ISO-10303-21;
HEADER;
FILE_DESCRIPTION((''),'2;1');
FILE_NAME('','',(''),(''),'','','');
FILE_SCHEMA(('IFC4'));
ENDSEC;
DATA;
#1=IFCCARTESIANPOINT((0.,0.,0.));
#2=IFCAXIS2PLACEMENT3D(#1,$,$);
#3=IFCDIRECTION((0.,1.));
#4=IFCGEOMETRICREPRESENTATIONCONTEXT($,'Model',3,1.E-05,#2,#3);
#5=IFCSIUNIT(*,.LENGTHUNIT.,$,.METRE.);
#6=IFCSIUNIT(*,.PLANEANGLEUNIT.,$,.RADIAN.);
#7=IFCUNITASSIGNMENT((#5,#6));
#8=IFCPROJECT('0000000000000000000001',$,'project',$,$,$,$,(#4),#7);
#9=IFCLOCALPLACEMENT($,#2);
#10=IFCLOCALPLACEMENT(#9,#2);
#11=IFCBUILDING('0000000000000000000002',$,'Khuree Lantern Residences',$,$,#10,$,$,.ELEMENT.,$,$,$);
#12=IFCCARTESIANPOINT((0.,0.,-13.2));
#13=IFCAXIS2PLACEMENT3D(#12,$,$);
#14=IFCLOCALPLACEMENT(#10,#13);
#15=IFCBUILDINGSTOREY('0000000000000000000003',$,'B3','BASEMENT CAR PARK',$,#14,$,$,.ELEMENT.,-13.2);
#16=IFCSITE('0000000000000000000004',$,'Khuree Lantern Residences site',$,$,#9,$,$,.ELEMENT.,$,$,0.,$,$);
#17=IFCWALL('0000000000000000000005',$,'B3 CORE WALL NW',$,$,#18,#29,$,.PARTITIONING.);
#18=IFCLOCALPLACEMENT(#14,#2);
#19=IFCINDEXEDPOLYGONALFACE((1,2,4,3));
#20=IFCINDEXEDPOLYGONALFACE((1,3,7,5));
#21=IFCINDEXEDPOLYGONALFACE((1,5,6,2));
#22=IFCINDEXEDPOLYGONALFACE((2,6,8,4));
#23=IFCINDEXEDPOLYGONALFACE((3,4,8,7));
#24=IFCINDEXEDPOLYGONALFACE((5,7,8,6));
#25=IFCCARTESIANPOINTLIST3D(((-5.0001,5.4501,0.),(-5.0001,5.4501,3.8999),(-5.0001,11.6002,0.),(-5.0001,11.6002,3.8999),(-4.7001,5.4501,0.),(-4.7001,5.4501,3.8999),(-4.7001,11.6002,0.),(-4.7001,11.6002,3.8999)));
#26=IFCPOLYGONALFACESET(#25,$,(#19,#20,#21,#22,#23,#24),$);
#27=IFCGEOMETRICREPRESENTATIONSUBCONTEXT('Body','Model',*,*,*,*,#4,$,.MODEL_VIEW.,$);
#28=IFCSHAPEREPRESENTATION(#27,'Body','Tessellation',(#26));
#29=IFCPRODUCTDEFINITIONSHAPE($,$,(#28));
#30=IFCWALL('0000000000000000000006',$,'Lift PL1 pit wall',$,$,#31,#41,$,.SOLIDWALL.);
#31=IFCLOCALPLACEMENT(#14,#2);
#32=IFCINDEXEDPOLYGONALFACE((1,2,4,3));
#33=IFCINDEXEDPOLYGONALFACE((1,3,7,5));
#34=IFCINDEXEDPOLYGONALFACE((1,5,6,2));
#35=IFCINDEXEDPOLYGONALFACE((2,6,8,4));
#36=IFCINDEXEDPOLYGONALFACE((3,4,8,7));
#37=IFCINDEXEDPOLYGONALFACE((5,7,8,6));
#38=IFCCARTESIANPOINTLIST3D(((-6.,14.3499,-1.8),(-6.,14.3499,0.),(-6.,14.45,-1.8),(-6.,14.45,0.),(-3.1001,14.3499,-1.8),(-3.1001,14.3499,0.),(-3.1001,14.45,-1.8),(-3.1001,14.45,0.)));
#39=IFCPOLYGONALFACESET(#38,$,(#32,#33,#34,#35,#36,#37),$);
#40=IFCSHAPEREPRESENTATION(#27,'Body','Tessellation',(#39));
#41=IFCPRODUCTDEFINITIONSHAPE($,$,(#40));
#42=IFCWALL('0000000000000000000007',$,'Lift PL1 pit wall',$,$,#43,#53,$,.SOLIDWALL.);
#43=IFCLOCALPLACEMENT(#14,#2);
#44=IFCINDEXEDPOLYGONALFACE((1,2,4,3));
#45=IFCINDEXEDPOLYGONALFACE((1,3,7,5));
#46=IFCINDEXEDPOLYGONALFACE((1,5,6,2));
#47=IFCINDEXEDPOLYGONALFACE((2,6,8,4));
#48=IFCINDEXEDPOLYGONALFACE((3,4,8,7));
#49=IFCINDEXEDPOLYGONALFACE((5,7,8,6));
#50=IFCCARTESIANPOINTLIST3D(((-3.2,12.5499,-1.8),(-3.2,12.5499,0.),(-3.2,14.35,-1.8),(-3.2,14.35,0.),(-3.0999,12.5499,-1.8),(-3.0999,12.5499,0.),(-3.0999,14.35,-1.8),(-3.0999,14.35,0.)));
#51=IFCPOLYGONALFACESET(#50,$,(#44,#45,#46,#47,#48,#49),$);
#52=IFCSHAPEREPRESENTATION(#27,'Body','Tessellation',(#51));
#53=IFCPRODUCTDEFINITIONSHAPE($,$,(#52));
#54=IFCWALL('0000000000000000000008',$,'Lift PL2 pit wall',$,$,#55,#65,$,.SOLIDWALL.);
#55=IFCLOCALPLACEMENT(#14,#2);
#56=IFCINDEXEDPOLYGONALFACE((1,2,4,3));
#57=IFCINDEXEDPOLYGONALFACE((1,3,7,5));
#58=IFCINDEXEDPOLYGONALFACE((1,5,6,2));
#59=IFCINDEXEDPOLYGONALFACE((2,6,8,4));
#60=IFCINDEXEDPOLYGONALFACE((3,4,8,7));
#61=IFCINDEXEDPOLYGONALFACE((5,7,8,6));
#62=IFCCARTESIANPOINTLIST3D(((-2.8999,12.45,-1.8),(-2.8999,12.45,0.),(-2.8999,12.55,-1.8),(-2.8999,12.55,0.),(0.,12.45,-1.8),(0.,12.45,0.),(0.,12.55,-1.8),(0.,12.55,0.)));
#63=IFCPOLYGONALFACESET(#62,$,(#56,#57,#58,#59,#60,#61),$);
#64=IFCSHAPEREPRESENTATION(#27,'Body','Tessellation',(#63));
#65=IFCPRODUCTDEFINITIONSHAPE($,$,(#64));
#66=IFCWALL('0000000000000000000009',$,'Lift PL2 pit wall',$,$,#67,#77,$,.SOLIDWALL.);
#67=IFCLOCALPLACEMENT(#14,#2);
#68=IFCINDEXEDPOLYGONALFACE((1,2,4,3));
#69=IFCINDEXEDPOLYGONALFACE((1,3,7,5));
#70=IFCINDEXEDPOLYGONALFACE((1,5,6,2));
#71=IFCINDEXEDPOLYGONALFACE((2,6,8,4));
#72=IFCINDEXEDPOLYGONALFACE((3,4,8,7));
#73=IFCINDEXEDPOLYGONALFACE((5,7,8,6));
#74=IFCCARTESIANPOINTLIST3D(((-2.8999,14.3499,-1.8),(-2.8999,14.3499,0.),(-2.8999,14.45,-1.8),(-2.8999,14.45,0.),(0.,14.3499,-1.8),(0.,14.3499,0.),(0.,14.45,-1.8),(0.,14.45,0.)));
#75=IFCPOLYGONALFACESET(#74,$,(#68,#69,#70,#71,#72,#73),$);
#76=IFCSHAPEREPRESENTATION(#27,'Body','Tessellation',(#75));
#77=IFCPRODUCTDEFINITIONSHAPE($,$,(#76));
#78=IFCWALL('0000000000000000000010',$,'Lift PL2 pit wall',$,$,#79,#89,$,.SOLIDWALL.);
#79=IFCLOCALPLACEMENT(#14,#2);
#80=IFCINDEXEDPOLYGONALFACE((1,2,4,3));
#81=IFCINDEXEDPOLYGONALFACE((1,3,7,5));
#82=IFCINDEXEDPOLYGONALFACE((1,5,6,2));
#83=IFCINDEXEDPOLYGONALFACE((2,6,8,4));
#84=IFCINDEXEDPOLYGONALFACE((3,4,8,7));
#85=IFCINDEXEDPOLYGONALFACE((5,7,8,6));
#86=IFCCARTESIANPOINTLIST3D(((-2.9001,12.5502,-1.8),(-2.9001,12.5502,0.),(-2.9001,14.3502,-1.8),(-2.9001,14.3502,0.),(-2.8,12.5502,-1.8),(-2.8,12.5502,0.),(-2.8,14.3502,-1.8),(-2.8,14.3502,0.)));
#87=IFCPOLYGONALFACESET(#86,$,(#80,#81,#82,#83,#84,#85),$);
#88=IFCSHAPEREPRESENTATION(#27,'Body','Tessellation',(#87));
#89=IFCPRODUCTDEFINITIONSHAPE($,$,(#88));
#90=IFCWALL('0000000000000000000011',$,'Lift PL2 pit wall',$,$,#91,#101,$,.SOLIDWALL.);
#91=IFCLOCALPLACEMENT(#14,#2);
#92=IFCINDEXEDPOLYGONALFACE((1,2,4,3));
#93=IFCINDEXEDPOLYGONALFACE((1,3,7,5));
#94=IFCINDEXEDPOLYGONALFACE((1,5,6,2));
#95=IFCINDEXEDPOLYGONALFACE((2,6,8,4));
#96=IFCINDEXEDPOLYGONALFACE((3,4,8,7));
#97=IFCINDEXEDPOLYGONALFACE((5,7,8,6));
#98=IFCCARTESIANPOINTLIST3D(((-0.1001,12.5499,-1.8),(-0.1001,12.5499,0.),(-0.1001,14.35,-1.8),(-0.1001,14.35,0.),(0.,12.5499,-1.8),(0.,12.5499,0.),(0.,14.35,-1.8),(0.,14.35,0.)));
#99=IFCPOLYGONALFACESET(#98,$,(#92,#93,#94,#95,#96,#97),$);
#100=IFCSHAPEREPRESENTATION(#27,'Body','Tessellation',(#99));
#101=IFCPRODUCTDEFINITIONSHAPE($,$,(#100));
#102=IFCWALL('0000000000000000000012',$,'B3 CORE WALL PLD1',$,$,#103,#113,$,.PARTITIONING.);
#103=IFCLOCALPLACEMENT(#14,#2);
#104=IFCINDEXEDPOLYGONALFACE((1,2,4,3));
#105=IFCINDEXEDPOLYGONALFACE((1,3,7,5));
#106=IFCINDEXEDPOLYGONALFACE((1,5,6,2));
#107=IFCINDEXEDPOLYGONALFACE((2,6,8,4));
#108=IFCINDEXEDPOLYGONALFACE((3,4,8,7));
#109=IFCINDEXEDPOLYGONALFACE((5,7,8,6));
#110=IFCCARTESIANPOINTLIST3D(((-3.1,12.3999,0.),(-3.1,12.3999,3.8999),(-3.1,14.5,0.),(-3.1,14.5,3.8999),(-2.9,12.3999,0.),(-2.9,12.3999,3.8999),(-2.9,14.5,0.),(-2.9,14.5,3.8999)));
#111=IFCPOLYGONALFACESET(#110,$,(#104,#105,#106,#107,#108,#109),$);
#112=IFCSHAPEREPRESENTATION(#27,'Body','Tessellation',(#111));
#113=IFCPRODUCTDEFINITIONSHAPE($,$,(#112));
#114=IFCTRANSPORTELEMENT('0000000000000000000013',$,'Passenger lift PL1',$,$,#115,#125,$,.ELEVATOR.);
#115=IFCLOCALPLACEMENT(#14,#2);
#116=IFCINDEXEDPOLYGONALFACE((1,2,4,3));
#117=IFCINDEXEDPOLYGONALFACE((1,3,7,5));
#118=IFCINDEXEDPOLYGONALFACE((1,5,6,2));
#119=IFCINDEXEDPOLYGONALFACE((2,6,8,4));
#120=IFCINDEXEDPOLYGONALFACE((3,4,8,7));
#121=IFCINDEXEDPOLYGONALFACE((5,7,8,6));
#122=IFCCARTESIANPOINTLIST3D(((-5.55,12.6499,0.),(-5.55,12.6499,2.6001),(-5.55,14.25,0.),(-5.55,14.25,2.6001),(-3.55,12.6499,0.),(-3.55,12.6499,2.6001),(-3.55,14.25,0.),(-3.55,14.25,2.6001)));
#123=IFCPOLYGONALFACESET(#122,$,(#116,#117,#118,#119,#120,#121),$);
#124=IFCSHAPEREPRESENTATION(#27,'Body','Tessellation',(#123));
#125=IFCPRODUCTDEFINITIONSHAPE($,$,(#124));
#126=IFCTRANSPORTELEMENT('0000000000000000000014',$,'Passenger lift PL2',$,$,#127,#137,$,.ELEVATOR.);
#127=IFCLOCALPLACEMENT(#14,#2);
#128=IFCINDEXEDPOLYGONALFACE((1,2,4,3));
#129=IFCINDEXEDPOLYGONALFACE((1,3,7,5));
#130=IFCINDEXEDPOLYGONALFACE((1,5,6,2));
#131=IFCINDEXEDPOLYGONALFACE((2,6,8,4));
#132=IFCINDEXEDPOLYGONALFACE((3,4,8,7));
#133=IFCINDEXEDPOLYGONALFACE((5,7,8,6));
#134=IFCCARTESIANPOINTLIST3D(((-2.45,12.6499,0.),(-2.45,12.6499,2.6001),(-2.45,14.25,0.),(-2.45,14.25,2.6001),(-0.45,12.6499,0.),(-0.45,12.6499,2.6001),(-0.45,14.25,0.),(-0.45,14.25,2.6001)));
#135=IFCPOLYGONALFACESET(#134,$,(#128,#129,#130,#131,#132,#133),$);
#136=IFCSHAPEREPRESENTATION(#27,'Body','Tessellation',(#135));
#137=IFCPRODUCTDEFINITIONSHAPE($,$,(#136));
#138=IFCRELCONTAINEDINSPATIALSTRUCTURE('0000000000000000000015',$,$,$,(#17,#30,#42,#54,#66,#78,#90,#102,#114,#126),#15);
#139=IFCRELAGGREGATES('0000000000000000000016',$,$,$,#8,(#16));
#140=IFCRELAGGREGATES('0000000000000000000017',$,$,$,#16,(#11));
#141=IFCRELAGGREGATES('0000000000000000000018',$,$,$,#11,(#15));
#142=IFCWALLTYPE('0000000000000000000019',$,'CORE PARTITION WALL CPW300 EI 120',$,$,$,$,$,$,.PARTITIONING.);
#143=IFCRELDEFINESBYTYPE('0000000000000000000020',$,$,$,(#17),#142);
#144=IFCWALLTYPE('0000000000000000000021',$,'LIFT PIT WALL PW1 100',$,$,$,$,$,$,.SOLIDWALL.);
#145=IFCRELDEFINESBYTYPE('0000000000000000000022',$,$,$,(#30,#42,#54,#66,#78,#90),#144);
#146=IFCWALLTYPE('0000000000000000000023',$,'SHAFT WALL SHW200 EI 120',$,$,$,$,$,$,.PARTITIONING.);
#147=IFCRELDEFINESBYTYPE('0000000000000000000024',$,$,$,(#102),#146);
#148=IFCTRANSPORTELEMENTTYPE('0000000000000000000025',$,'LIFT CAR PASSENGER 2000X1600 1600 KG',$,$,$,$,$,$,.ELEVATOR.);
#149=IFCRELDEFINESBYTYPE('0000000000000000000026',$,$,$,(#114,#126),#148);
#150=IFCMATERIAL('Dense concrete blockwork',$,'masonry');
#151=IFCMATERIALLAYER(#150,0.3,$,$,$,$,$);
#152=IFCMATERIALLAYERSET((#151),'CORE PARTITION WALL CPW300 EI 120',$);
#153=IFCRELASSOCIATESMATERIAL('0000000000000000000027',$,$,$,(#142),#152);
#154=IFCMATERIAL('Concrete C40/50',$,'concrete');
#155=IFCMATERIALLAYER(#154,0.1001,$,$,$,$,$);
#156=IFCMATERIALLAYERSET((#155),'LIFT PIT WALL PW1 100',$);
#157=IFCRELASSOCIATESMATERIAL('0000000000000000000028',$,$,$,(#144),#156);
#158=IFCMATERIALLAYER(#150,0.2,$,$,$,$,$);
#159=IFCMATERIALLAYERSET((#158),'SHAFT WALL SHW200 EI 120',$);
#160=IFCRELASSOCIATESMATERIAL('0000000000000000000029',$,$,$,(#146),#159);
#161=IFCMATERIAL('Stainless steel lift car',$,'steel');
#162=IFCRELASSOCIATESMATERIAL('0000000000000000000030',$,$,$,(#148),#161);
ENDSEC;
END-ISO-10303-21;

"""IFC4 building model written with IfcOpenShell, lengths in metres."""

from ifc_helpers import new_model, si_unit, direction, frame, frame_2d, origin, origin_2d, place, context, subcontext, project, spatial, rectangle, extrude, material, layer, layer_set, type_object, element, save


model = new_model("IFC4")

# Units and contexts
model_context = context("Model", 3, precision=1e-05, world=origin(), true_north=direction((0.0, 1.0)))
body_context = subcontext(model_context, "Body", "Model", "MODEL_VIEW")
ifc_project = project(units=[si_unit("LENGTHUNIT", "METRE"), si_unit("PLANEANGLEUNIT", "RADIAN")], contexts=[model_context])

# Site, building, storey
site_placement = place(None, origin())
site = spatial("IfcSite", under=ifc_project, at=site_placement, Name="Khuree Lantern Residences site", CompositionType="ELEMENT", RefElevation=0.0)
building_placement = place(site_placement, origin())
building = spatial("IfcBuilding", under=site, at=building_placement, Name="Khuree Lantern Residences", CompositionType="ELEMENT")
storey_placement = place(building_placement, frame((0.0, 0.0, -13.2)))
storey = spatial("IfcBuildingStorey", under=building, at=storey_placement, Name="B3", Description="BASEMENT CAR PARK", CompositionType="ELEMENT", Elevation=-13.2)

# Shared definitions
ifc_material_1 = material(Name="Concrete C40/50", Category="concrete")

# Walls
ifc_material_2 = material(Name="Dense concrete blockwork", Category="masonry")
ifc_layer_1 = layer(ifc_material_2, 0.3)
ifc_layer_set_1 = layer_set([ifc_layer_1], Name="CORE PARTITION WALL CPW300 EI 120")
wall_type_1 = type_object("IfcWallType", Name="CORE PARTITION WALL CPW300 EI 120", PredefinedType="PARTITIONING", material=ifc_layer_set_1)
wall_1_placement = place(storey_placement, frame((-4.8501, 5.45, 0.0), z_axis=(0.0, 0.0, 1.0), x_axis=(0.0, 1.0, 0.0)))
element("IfcWall", 1, at=wall_1_placement, inside=storey, type_object=wall_type_1, Name="B3 CORE WALL NW", PredefinedType="PARTITIONING", context=body_context, shape_type="SweptSolid", body=[
    extrude(rectangle(XDim=6.1501, YDim=0.3, at=frame_2d((3.0752, 0.0))), origin(), (0.0, 0.0, 1.0), 3.8999),
])
ifc_layer_2 = layer(ifc_material_1, 0.1001)
ifc_layer_set_2 = layer_set([ifc_layer_2], Name="LIFT PIT WALL PW1 100")
wall_type_2 = type_object("IfcWallType", Name="LIFT PIT WALL PW1 100", PredefinedType="SOLIDWALL", material=ifc_layer_set_2)
wall_2_placement = place(storey_placement, frame((-3.1001, 14.3999, -1.8), z_axis=(0.0, 0.0, 1.0), x_axis=(-1.0, 0.0, 0.0)))
element("IfcWall", 2, at=wall_2_placement, inside=storey, type_object=wall_type_2, Name="Lift PL1 pit wall", PredefinedType="SOLIDWALL", context=body_context, shape_type="SweptSolid", body=[
    extrude(rectangle(XDim=2.8999, YDim=0.1001, at=frame_2d((1.45, 0.0))), origin(), (0.0, 0.0, 1.0), 1.8),
])
wall_3_placement = place(storey_placement, frame((-3.1499, 12.55, -1.8), z_axis=(0.0, 0.0, 1.0), x_axis=(0.0, 1.0, 0.0)))
element("IfcWall", 3, at=wall_3_placement, inside=storey, type_object=wall_type_2, Name="Lift PL1 pit wall", PredefinedType="SOLIDWALL", context=body_context, shape_type="SweptSolid", body=[
    extrude(rectangle(XDim=1.8, YDim=0.1001, at=frame_2d((0.8999, 0.0))), origin(), (0.0, 0.0, 1.0), 1.8),
])
for number, where, z_axis, x_axis, name in (
    (4, (-2.8999, 12.5, -1.8), (0.0, 0.0, 1.0), (1.0, 0.0, 0.0), "Lift PL2 pit wall"),
    (5, (0.0, 14.3999, -1.8), (0.0, 0.0, 1.0), (-1.0, 0.0, 0.0), "Lift PL2 pit wall"),
):
    element("IfcWall", number, at=place(storey_placement, frame(where, z_axis=z_axis, x_axis=x_axis)), inside=storey, type_object=wall_type_2, Name=name, PredefinedType="SOLIDWALL", context=body_context, shape_type="SweptSolid", body=[
        extrude(rectangle(XDim=2.8999, YDim=0.1001, at=frame_2d((1.45, 0.0))), origin(), (0.0, 0.0, 1.0), 1.8),
    ])
for number, where, z_axis, x_axis, name in (
    (6, (-2.8501, 14.3501, -1.8), (0.0, 0.0, 1.0), (0.0, -1.0, 0.0), "Lift PL2 pit wall"),
    (7, (-0.05, 12.55, -1.8), (0.0, 0.0, 1.0), (0.0, 1.0, 0.0), "Lift PL2 pit wall"),
):
    element("IfcWall", number, at=place(storey_placement, frame(where, z_axis=z_axis, x_axis=x_axis)), inside=storey, type_object=wall_type_2, Name=name, PredefinedType="SOLIDWALL", context=body_context, shape_type="SweptSolid", body=[
        extrude(rectangle(XDim=1.8, YDim=0.1001, at=frame_2d((0.8999, 0.0))), origin(), (0.0, 0.0, 1.0), 1.8),
    ])
ifc_layer_3 = layer(ifc_material_2, 0.2)
ifc_layer_set_3 = layer_set([ifc_layer_3], Name="SHAFT WALL SHW200 EI 120")
wall_type_3 = type_object("IfcWallType", Name="SHAFT WALL SHW200 EI 120", PredefinedType="PARTITIONING", material=ifc_layer_set_3)
wall_4_placement = place(storey_placement, frame((-3.0, 12.3999, 0.0), z_axis=(0.0, 0.0, 1.0), x_axis=(0.0, 1.0, 0.0)))
element("IfcWall", 8, at=wall_4_placement, inside=storey, type_object=wall_type_3, Name="B3 CORE WALL PLD1", PredefinedType="PARTITIONING", context=body_context, shape_type="SweptSolid", body=[
    extrude(rectangle(XDim=2.1001, YDim=0.2, at=frame_2d((1.05, 0.0))), origin(), (0.0, 0.0, 1.0), 3.8999),
])

# Transport elements
ifc_material_3 = material(Name="Stainless steel lift car", Category="steel")
transport_element_type = type_object("IfcTransportElementType", Name="LIFT CAR PASSENGER 2000X1600 1600 KG", PredefinedType="ELEVATOR", material=ifc_material_3)
for number, where, z_axis, x_axis, name in (
    (9, (-4.55, 13.45, 0.0), (0.0, 0.0, 1.0), (1.0, 0.0, 0.0), "Passenger lift PL1"),
    (10, (-1.45, 13.45, 0.0), (0.0, 0.0, 1.0), (1.0, 0.0, 0.0), "Passenger lift PL2"),
):
    element("IfcTransportElement", number, at=place(storey_placement, frame(where, z_axis=z_axis, x_axis=x_axis)), inside=storey, type_object=transport_element_type, Name=name, PredefinedType="ELEVATOR", context=body_context, shape_type="SweptSolid", body=[
        extrude(rectangle(XDim=2.0, YDim=1.6001, at=origin_2d()), origin(), (0.0, 0.0, 1.0), 2.6001),
    ])

save(model, "model.ifc")
